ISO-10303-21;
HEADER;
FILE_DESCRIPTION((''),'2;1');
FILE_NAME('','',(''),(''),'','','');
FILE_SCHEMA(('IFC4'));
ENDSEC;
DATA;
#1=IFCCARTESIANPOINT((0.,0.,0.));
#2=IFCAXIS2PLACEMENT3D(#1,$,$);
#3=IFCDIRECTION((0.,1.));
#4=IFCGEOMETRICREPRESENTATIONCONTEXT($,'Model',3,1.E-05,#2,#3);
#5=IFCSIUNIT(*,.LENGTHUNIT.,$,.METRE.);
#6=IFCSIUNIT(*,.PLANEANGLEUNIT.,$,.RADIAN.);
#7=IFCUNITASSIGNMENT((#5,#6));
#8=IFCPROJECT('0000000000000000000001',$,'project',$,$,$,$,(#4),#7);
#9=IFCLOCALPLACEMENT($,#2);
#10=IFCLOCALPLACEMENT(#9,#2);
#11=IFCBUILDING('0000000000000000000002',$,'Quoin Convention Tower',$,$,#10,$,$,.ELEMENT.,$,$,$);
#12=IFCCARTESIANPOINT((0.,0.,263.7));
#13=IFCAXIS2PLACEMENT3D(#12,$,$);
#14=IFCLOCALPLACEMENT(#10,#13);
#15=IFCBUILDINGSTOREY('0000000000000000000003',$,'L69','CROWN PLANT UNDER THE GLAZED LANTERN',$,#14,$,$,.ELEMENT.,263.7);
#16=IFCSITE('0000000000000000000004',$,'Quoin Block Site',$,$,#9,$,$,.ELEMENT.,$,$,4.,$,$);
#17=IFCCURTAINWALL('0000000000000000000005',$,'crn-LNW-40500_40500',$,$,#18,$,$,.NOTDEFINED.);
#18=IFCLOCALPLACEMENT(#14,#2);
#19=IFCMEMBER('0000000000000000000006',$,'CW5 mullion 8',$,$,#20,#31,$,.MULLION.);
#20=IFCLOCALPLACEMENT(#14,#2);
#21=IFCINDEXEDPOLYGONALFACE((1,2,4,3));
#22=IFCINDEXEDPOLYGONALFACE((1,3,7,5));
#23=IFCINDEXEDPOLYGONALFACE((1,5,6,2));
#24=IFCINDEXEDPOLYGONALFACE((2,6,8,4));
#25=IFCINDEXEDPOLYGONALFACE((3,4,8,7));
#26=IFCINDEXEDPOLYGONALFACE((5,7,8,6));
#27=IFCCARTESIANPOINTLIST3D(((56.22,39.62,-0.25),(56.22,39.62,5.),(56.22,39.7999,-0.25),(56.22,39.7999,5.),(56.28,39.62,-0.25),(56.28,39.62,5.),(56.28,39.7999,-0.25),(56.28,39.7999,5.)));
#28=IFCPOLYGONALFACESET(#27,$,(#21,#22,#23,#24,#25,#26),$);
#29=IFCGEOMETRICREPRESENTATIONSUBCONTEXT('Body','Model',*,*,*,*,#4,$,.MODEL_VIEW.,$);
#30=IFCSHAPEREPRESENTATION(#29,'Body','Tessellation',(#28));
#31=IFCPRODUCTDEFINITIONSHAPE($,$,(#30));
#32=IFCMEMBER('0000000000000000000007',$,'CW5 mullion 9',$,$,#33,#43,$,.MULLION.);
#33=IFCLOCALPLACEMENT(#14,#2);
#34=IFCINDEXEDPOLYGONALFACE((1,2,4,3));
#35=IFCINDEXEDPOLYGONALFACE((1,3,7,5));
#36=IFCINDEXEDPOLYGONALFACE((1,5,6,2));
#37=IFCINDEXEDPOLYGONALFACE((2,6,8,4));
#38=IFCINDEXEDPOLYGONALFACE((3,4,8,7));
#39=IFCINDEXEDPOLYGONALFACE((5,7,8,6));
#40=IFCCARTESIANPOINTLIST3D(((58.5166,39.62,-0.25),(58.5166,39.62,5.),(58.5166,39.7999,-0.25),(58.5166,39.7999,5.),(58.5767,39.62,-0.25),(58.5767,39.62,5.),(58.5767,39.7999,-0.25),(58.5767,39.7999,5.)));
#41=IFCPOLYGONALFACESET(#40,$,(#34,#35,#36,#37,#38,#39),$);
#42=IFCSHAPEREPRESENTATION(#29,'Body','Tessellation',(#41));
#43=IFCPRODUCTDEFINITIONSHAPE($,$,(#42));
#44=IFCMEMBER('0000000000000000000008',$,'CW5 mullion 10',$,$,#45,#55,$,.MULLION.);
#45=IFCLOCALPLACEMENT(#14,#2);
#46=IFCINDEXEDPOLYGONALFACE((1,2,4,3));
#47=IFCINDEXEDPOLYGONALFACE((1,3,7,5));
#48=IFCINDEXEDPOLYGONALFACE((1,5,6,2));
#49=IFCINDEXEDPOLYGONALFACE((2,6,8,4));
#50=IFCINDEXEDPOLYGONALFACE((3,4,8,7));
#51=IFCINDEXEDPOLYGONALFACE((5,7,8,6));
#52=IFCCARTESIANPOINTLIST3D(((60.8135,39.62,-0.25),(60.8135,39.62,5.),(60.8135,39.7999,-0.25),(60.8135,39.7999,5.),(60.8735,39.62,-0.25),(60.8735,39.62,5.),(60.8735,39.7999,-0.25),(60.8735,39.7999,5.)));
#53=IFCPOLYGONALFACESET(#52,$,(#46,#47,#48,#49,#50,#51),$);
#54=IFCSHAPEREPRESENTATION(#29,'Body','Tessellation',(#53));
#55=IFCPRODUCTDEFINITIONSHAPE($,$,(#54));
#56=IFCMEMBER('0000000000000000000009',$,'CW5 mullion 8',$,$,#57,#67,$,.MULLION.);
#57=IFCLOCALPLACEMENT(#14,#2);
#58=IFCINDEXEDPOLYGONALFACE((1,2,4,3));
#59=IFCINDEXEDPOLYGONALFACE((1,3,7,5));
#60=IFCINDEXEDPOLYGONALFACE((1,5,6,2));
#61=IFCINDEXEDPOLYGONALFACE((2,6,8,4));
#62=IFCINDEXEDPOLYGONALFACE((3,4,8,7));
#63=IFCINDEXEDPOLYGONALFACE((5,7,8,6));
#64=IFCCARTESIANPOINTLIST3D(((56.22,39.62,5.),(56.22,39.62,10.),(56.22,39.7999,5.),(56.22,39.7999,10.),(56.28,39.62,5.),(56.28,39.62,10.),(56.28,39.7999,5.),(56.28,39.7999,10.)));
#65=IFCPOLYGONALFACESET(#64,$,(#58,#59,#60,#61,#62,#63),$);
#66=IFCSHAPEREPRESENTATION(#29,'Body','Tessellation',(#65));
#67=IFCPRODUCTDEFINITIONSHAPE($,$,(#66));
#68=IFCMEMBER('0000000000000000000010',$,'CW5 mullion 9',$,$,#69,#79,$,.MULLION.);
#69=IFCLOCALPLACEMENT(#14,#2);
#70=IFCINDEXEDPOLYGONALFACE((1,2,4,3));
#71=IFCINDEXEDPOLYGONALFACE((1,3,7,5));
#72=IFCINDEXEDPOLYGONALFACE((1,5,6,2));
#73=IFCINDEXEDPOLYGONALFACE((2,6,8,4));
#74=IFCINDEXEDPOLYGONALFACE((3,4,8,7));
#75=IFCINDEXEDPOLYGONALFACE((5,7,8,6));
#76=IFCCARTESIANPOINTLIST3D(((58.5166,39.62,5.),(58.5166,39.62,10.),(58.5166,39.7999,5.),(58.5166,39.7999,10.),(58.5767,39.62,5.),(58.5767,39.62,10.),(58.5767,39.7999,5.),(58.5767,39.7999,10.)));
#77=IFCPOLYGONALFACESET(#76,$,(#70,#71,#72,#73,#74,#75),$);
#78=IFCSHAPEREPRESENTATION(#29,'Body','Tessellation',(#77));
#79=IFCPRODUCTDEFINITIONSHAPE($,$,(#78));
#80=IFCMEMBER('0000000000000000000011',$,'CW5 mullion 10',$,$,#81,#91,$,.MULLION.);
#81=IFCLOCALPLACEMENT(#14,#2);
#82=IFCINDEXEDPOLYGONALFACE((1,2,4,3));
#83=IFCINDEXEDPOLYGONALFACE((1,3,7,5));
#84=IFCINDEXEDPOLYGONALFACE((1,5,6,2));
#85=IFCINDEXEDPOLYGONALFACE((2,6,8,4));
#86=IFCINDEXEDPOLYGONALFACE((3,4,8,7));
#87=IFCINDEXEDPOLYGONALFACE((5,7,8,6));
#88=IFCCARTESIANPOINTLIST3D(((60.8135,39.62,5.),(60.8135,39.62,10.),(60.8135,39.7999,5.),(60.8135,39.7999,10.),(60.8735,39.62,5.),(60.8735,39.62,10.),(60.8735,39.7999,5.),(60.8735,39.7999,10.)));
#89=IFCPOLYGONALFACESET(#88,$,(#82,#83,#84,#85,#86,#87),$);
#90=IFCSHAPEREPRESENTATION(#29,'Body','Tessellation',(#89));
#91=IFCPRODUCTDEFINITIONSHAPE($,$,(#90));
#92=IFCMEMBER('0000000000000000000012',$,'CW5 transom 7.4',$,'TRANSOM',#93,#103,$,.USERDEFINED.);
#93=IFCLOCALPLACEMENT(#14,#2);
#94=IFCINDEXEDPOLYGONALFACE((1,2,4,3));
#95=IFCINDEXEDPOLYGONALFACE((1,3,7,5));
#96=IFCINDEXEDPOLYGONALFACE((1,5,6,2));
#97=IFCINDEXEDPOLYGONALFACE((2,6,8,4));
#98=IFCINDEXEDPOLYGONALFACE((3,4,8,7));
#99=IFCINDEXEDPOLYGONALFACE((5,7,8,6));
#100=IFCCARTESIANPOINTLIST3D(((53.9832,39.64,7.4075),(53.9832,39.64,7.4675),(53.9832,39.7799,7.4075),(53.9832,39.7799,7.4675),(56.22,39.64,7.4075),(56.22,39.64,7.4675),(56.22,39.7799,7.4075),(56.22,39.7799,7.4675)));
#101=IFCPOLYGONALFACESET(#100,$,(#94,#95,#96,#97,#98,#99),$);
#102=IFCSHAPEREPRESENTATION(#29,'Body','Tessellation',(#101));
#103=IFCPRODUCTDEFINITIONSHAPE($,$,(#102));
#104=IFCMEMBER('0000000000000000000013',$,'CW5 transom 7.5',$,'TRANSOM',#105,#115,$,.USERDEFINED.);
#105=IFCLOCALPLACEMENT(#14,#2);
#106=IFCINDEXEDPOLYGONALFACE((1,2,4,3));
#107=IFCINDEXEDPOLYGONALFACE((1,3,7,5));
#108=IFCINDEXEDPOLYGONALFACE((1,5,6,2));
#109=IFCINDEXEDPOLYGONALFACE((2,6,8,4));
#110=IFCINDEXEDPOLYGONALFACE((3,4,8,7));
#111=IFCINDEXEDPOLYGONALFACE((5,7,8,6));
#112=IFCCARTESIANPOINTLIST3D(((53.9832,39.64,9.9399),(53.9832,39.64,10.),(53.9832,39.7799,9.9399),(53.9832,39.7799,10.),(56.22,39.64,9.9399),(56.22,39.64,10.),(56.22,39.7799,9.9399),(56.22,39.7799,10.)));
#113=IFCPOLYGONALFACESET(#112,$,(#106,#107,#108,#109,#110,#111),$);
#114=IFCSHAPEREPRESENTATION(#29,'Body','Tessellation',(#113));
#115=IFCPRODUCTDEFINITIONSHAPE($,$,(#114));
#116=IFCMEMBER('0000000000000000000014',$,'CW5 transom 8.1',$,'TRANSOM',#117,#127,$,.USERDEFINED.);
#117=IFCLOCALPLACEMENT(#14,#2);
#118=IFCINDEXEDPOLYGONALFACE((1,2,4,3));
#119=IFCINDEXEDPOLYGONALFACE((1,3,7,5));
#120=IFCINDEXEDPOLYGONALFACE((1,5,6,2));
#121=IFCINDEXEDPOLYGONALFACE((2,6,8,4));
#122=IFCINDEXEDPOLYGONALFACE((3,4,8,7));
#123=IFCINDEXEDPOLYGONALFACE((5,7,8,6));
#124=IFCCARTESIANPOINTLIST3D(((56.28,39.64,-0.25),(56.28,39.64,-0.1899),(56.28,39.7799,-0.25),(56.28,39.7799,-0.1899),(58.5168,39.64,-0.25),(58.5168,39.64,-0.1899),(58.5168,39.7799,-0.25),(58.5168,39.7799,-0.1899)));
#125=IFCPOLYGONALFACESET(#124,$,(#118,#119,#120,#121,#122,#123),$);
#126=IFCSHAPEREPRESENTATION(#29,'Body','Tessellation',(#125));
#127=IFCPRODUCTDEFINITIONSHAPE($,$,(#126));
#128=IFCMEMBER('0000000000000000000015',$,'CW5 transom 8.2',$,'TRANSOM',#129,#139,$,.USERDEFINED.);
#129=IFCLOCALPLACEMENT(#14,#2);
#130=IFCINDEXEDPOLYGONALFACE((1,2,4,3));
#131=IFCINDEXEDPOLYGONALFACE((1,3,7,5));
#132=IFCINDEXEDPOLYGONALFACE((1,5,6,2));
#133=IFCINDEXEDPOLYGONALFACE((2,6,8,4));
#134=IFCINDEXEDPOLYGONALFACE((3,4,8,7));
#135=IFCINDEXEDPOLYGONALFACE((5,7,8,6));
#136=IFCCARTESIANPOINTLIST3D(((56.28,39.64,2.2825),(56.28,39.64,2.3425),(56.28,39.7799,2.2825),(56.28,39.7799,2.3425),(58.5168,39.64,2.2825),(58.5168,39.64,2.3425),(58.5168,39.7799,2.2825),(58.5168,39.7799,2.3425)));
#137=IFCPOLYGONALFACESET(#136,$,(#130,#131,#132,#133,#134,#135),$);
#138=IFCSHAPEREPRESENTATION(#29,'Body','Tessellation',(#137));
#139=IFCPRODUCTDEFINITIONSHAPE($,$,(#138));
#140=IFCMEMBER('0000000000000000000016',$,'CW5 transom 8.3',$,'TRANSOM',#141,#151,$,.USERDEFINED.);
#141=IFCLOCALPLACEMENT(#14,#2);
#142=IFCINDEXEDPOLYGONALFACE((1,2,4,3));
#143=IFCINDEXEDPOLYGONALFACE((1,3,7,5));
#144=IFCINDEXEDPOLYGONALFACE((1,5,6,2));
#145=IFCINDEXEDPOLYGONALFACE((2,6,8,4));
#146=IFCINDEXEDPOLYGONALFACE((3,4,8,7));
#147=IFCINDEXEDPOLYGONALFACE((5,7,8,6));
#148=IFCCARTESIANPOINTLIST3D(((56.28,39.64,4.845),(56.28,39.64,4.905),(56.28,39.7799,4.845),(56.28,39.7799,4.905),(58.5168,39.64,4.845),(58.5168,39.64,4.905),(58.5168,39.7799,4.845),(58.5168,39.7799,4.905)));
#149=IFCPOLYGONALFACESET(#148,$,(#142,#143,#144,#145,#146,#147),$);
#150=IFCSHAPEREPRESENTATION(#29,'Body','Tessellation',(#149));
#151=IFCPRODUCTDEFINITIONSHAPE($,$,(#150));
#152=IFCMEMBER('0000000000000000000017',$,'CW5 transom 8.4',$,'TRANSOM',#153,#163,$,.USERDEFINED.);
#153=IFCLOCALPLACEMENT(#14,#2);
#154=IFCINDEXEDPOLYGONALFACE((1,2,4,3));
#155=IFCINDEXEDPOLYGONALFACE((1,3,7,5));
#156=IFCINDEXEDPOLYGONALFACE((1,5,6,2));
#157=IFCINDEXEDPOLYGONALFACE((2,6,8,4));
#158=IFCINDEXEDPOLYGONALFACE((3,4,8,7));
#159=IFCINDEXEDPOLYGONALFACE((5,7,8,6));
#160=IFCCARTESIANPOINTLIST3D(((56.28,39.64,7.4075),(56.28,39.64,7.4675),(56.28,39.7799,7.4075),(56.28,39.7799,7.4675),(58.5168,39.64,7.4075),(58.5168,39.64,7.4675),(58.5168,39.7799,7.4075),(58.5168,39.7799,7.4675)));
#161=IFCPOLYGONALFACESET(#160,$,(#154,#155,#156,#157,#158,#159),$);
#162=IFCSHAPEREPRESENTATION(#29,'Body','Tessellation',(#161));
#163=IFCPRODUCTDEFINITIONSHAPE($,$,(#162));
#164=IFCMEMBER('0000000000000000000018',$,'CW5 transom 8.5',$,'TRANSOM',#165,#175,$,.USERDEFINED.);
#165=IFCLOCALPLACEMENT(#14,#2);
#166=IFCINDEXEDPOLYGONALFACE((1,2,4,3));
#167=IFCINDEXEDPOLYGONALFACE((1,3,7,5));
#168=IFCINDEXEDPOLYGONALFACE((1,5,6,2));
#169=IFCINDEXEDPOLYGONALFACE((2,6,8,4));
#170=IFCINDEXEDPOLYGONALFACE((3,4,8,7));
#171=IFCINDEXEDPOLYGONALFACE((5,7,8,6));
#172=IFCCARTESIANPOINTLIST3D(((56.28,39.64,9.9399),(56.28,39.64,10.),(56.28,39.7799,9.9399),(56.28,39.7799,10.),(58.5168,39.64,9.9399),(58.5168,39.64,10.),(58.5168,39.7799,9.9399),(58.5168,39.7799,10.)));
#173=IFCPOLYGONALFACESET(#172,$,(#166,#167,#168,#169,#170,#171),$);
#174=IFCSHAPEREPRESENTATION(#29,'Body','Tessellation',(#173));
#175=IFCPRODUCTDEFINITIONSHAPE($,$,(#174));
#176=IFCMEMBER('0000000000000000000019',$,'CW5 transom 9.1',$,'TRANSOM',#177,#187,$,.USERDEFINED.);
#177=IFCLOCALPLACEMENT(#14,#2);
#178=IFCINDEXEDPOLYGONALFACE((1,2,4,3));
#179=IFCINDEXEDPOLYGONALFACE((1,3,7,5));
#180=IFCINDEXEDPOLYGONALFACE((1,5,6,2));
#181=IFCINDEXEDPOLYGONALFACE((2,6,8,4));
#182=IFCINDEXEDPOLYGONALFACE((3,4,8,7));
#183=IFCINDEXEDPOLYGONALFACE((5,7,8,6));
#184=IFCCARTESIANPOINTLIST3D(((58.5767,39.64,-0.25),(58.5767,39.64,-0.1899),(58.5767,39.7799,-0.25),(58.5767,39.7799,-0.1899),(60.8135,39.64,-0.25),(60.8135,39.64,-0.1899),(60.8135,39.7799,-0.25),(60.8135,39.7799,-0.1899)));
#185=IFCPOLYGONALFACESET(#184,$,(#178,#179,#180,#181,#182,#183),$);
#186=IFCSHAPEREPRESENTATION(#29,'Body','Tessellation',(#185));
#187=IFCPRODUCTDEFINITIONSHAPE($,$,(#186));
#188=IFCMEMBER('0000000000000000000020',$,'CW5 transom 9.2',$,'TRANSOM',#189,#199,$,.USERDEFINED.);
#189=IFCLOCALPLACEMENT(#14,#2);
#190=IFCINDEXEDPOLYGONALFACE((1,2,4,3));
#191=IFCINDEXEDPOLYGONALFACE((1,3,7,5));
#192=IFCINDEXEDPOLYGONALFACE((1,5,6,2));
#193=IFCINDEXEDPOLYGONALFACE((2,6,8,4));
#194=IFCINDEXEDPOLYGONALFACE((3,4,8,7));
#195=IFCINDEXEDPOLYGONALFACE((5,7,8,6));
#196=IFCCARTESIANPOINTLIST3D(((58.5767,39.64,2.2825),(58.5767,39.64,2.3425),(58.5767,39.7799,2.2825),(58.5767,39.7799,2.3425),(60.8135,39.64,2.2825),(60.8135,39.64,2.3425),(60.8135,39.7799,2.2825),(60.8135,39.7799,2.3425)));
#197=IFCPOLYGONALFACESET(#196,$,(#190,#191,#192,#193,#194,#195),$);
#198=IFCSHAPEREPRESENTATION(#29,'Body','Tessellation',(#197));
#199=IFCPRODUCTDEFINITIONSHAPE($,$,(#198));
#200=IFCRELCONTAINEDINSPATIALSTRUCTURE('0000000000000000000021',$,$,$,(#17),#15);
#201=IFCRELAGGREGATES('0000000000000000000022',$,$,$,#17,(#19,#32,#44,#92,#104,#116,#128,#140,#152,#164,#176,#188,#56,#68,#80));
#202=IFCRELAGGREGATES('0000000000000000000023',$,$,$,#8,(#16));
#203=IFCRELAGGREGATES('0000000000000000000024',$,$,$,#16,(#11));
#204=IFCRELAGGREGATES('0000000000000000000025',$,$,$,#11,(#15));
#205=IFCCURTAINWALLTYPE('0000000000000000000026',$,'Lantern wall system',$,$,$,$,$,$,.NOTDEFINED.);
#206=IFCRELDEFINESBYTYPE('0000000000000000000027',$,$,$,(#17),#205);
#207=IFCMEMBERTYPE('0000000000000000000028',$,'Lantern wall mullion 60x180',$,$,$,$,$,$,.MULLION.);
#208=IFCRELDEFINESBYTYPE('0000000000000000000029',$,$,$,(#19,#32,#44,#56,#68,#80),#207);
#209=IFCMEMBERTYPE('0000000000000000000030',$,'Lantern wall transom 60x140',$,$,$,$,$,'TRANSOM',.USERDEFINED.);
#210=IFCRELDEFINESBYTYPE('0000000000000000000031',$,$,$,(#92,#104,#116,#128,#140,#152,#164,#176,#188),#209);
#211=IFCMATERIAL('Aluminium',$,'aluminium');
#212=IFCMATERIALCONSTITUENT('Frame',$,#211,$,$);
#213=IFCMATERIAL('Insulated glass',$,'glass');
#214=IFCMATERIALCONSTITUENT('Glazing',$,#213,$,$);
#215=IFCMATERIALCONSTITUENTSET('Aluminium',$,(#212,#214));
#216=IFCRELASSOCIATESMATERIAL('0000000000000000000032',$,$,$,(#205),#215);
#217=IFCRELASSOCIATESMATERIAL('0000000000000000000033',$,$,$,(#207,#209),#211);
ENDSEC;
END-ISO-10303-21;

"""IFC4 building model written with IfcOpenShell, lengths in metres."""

from ifc_helpers import new_model, si_unit, direction, frame, origin, origin_2d, place, context, subcontext, project, spatial, rectangle, extrude, material, constituent, constituent_set, material_profile, profile_set, type_object, element, aggregate, save


model = new_model("IFC4")

# Units and contexts
model_context = context("Model", 3, precision=1e-05, world=origin(), true_north=direction((0.0, 1.0)))
body_context = subcontext(model_context, "Body", "Model", "MODEL_VIEW")
ifc_project = project(units=[si_unit("LENGTHUNIT", "METRE"), si_unit("PLANEANGLEUNIT", "RADIAN")], contexts=[model_context])

# Site, building, storey
site_placement = place(None, origin())
site = spatial("IfcSite", under=ifc_project, at=site_placement, Name="Quoin Block Site", CompositionType="ELEMENT", RefElevation=4.0)
building_placement = place(site_placement, origin())
building = spatial("IfcBuilding", under=site, at=building_placement, Name="Quoin Convention Tower", CompositionType="ELEMENT")
storey_placement = place(building_placement, frame((0.0, 0.0, 263.7)))
storey = spatial("IfcBuildingStorey", under=building, at=storey_placement, Name="L69", Description="CROWN PLANT UNDER THE GLAZED LANTERN", CompositionType="ELEMENT", Elevation=263.7)

# Curtain wall, members
ifc_material_1 = material(Name="Aluminium", Category="aluminium")
ifc_constituent_1 = constituent(ifc_material_1, Name="Frame")
ifc_material_2 = material(Name="Insulated glass", Category="glass")
ifc_constituent_2 = constituent(ifc_material_2, Name="Glazing")
ifc_constituent_set = constituent_set(constituents=[ifc_constituent_1, ifc_constituent_2], Name="Aluminium")
curtain_wall_type = type_object("IfcCurtainWallType", Name="Lantern wall system", PredefinedType="NOTDEFINED", material=ifc_constituent_set)
curtain_wall_placement = place(storey_placement, origin())
curtain_wall = element("IfcCurtainWall", 1, at=curtain_wall_placement, inside=storey, type_object=curtain_wall_type, Name="crn-LNW-40500_40500", PredefinedType="NOTDEFINED")
ifc_material_profile_1 = material_profile(ifc_material_1, rectangle(XDim=0.1799, YDim=0.0601, at=origin_2d()), Name="Lantern wall mullion 60x180")
ifc_profile_set_1 = profile_set([ifc_material_profile_1], Name="Aluminium")
member_type_1 = type_object("IfcMemberType", Name="Lantern wall mullion 60x180", PredefinedType="MULLION", material=ifc_profile_set_1)
member_1_placement = place(storey_placement, frame((56.25, 39.71, -0.25), z_axis=(0.0, 0.0, 1.0), x_axis=(0.0, 1.0, 0.0)))
member_1 = element("IfcMember", 2, at=member_1_placement, type_object=member_type_1, Name="CW5 mullion 8", PredefinedType="MULLION", context=body_context, shape_type="SweptSolid", body=[
    extrude(rectangle(XDim=0.1799, YDim=0.0601, at=origin_2d()), origin(), (0.0, 0.0, 1.0), 5.25),
])
member_2_placement = place(storey_placement, frame((58.5466, 39.71, -0.25), z_axis=(0.0, 0.0, 1.0), x_axis=(0.0, 1.0, 0.0)))
member_2 = element("IfcMember", 3, at=member_2_placement, type_object=member_type_1, Name="CW5 mullion 9", PredefinedType="MULLION", context=body_context, shape_type="SweptSolid", body=[
    extrude(rectangle(XDim=0.1799, YDim=0.0601, at=origin_2d()), origin(), (0.0, 0.0, 1.0), 5.25),
])
member_3_placement = place(storey_placement, frame((60.8435, 39.71, -0.25), z_axis=(0.0, 0.0, 1.0), x_axis=(0.0, 1.0, 0.0)))
member_3 = element("IfcMember", 4, at=member_3_placement, type_object=member_type_1, Name="CW5 mullion 10", PredefinedType="MULLION", context=body_context, shape_type="SweptSolid", body=[
    extrude(rectangle(XDim=0.1799, YDim=0.0601, at=origin_2d()), origin(), (0.0, 0.0, 1.0), 5.25),
])
member_4_placement = place(storey_placement, frame((56.25, 39.71, 5.0), z_axis=(0.0, 0.0, 1.0), x_axis=(0.0, 1.0, 0.0)))
member_4 = element("IfcMember", 5, at=member_4_placement, type_object=member_type_1, Name="CW5 mullion 8", PredefinedType="MULLION", context=body_context, shape_type="SweptSolid", body=[
    extrude(rectangle(XDim=0.1799, YDim=0.0601, at=origin_2d()), origin(), (0.0, 0.0, 1.0), 5.0),
])
member_5_placement = place(storey_placement, frame((58.5466, 39.71, 5.0), z_axis=(0.0, 0.0, 1.0), x_axis=(0.0, 1.0, 0.0)))
member_5 = element("IfcMember", 6, at=member_5_placement, type_object=member_type_1, Name="CW5 mullion 9", PredefinedType="MULLION", context=body_context, shape_type="SweptSolid", body=[
    extrude(rectangle(XDim=0.1799, YDim=0.0601, at=origin_2d()), origin(), (0.0, 0.0, 1.0), 5.0),
])
member_6_placement = place(storey_placement, frame((60.8435, 39.71, 5.0), z_axis=(0.0, 0.0, 1.0), x_axis=(0.0, 1.0, 0.0)))
member_6 = element("IfcMember", 7, at=member_6_placement, type_object=member_type_1, Name="CW5 mullion 10", PredefinedType="MULLION", context=body_context, shape_type="SweptSolid", body=[
    extrude(rectangle(XDim=0.1799, YDim=0.0601, at=origin_2d()), origin(), (0.0, 0.0, 1.0), 5.0),
])
ifc_material_profile_2 = material_profile(ifc_material_1, rectangle(XDim=0.1399, YDim=0.0601, at=origin_2d()), Name="Lantern wall transom 60x140")
ifc_profile_set_2 = profile_set([ifc_material_profile_2], Name="Aluminium")
member_type_2 = type_object("IfcMemberType", Name="Lantern wall transom 60x140", ElementType="TRANSOM", PredefinedType="USERDEFINED", material=ifc_profile_set_2)
member_7_placement = place(storey_placement, frame((53.9832, 39.71, 7.4375), z_axis=(1.0, 0.0, 0.0), x_axis=(0.0, 1.0, 0.0)))
member_7 = element("IfcMember", 8, at=member_7_placement, type_object=member_type_2, Name="CW5 transom 7.4", ObjectType="TRANSOM", PredefinedType="USERDEFINED", context=body_context, shape_type="SweptSolid", body=[
    extrude(rectangle(XDim=0.1399, YDim=0.0601, at=origin_2d()), origin(), (0.0, 0.0, 1.0), 2.2368),
])
member_8_placement = place(storey_placement, frame((53.9832, 39.71, 9.97), z_axis=(1.0, 0.0, 0.0), x_axis=(0.0, 1.0, 0.0)))
member_8 = element("IfcMember", 9, at=member_8_placement, type_object=member_type_2, Name="CW5 transom 7.5", ObjectType="TRANSOM", PredefinedType="USERDEFINED", context=body_context, shape_type="SweptSolid", body=[
    extrude(rectangle(XDim=0.1399, YDim=0.0601, at=origin_2d()), origin(), (0.0, 0.0, 1.0), 2.2368),
])
member_9_placement = place(storey_placement, frame((56.28, 39.71, -0.22), z_axis=(1.0, 0.0, 0.0), x_axis=(0.0, 1.0, 0.0)))
member_9 = element("IfcMember", 10, at=member_9_placement, type_object=member_type_2, Name="CW5 transom 8.1", ObjectType="TRANSOM", PredefinedType="USERDEFINED", context=body_context, shape_type="SweptSolid", body=[
    extrude(rectangle(XDim=0.1399, YDim=0.0601, at=origin_2d()), origin(), (0.0, 0.0, 1.0), 2.2368),
])
member_10_placement = place(storey_placement, frame((56.28, 39.71, 2.3125), z_axis=(1.0, 0.0, 0.0), x_axis=(0.0, 1.0, 0.0)))
member_10 = element("IfcMember", 11, at=member_10_placement, type_object=member_type_2, Name="CW5 transom 8.2", ObjectType="TRANSOM", PredefinedType="USERDEFINED", context=body_context, shape_type="SweptSolid", body=[
    extrude(rectangle(XDim=0.1399, YDim=0.0601, at=origin_2d()), origin(), (0.0, 0.0, 1.0), 2.2368),
])
member_11_placement = place(storey_placement, frame((56.28, 39.71, 4.875), z_axis=(1.0, 0.0, 0.0), x_axis=(0.0, 1.0, 0.0)))
member_11 = element("IfcMember", 12, at=member_11_placement, type_object=member_type_2, Name="CW5 transom 8.3", ObjectType="TRANSOM", PredefinedType="USERDEFINED", context=body_context, shape_type="SweptSolid", body=[
    extrude(rectangle(XDim=0.1399, YDim=0.0601, at=origin_2d()), origin(), (0.0, 0.0, 1.0), 2.2368),
])
member_12_placement = place(storey_placement, frame((56.28, 39.71, 7.4375), z_axis=(1.0, 0.0, 0.0), x_axis=(0.0, 1.0, 0.0)))
member_12 = element("IfcMember", 13, at=member_12_placement, type_object=member_type_2, Name="CW5 transom 8.4", ObjectType="TRANSOM", PredefinedType="USERDEFINED", context=body_context, shape_type="SweptSolid", body=[
    extrude(rectangle(XDim=0.1399, YDim=0.0601, at=origin_2d()), origin(), (0.0, 0.0, 1.0), 2.2368),
])
member_13_placement = place(storey_placement, frame((56.28, 39.71, 9.97), z_axis=(1.0, 0.0, 0.0), x_axis=(0.0, 1.0, 0.0)))
member_13 = element("IfcMember", 14, at=member_13_placement, type_object=member_type_2, Name="CW5 transom 8.5", ObjectType="TRANSOM", PredefinedType="USERDEFINED", context=body_context, shape_type="SweptSolid", body=[
    extrude(rectangle(XDim=0.1399, YDim=0.0601, at=origin_2d()), origin(), (0.0, 0.0, 1.0), 2.2368),
])
member_14_placement = place(storey_placement, frame((58.5767, 39.71, -0.22), z_axis=(1.0, 0.0, 0.0), x_axis=(0.0, 1.0, 0.0)))
member_14 = element("IfcMember", 15, at=member_14_placement, type_object=member_type_2, Name="CW5 transom 9.1", ObjectType="TRANSOM", PredefinedType="USERDEFINED", context=body_context, shape_type="SweptSolid", body=[
    extrude(rectangle(XDim=0.1399, YDim=0.0601, at=origin_2d()), origin(), (0.0, 0.0, 1.0), 2.2368),
])
member_15_placement = place(storey_placement, frame((58.5767, 39.71, 2.3125), z_axis=(1.0, 0.0, 0.0), x_axis=(0.0, 1.0, 0.0)))
member_15 = element("IfcMember", 16, at=member_15_placement, type_object=member_type_2, Name="CW5 transom 9.2", ObjectType="TRANSOM", PredefinedType="USERDEFINED", context=body_context, shape_type="SweptSolid", body=[
    extrude(rectangle(XDim=0.1399, YDim=0.0601, at=origin_2d()), origin(), (0.0, 0.0, 1.0), 2.2368),
])
aggregate(curtain_wall, [member_1, member_2, member_3, member_7, member_8, member_9, member_10, member_11, member_12, member_13, member_14, member_15, member_4, member_5, member_6])

save(model, "model.ifc")
